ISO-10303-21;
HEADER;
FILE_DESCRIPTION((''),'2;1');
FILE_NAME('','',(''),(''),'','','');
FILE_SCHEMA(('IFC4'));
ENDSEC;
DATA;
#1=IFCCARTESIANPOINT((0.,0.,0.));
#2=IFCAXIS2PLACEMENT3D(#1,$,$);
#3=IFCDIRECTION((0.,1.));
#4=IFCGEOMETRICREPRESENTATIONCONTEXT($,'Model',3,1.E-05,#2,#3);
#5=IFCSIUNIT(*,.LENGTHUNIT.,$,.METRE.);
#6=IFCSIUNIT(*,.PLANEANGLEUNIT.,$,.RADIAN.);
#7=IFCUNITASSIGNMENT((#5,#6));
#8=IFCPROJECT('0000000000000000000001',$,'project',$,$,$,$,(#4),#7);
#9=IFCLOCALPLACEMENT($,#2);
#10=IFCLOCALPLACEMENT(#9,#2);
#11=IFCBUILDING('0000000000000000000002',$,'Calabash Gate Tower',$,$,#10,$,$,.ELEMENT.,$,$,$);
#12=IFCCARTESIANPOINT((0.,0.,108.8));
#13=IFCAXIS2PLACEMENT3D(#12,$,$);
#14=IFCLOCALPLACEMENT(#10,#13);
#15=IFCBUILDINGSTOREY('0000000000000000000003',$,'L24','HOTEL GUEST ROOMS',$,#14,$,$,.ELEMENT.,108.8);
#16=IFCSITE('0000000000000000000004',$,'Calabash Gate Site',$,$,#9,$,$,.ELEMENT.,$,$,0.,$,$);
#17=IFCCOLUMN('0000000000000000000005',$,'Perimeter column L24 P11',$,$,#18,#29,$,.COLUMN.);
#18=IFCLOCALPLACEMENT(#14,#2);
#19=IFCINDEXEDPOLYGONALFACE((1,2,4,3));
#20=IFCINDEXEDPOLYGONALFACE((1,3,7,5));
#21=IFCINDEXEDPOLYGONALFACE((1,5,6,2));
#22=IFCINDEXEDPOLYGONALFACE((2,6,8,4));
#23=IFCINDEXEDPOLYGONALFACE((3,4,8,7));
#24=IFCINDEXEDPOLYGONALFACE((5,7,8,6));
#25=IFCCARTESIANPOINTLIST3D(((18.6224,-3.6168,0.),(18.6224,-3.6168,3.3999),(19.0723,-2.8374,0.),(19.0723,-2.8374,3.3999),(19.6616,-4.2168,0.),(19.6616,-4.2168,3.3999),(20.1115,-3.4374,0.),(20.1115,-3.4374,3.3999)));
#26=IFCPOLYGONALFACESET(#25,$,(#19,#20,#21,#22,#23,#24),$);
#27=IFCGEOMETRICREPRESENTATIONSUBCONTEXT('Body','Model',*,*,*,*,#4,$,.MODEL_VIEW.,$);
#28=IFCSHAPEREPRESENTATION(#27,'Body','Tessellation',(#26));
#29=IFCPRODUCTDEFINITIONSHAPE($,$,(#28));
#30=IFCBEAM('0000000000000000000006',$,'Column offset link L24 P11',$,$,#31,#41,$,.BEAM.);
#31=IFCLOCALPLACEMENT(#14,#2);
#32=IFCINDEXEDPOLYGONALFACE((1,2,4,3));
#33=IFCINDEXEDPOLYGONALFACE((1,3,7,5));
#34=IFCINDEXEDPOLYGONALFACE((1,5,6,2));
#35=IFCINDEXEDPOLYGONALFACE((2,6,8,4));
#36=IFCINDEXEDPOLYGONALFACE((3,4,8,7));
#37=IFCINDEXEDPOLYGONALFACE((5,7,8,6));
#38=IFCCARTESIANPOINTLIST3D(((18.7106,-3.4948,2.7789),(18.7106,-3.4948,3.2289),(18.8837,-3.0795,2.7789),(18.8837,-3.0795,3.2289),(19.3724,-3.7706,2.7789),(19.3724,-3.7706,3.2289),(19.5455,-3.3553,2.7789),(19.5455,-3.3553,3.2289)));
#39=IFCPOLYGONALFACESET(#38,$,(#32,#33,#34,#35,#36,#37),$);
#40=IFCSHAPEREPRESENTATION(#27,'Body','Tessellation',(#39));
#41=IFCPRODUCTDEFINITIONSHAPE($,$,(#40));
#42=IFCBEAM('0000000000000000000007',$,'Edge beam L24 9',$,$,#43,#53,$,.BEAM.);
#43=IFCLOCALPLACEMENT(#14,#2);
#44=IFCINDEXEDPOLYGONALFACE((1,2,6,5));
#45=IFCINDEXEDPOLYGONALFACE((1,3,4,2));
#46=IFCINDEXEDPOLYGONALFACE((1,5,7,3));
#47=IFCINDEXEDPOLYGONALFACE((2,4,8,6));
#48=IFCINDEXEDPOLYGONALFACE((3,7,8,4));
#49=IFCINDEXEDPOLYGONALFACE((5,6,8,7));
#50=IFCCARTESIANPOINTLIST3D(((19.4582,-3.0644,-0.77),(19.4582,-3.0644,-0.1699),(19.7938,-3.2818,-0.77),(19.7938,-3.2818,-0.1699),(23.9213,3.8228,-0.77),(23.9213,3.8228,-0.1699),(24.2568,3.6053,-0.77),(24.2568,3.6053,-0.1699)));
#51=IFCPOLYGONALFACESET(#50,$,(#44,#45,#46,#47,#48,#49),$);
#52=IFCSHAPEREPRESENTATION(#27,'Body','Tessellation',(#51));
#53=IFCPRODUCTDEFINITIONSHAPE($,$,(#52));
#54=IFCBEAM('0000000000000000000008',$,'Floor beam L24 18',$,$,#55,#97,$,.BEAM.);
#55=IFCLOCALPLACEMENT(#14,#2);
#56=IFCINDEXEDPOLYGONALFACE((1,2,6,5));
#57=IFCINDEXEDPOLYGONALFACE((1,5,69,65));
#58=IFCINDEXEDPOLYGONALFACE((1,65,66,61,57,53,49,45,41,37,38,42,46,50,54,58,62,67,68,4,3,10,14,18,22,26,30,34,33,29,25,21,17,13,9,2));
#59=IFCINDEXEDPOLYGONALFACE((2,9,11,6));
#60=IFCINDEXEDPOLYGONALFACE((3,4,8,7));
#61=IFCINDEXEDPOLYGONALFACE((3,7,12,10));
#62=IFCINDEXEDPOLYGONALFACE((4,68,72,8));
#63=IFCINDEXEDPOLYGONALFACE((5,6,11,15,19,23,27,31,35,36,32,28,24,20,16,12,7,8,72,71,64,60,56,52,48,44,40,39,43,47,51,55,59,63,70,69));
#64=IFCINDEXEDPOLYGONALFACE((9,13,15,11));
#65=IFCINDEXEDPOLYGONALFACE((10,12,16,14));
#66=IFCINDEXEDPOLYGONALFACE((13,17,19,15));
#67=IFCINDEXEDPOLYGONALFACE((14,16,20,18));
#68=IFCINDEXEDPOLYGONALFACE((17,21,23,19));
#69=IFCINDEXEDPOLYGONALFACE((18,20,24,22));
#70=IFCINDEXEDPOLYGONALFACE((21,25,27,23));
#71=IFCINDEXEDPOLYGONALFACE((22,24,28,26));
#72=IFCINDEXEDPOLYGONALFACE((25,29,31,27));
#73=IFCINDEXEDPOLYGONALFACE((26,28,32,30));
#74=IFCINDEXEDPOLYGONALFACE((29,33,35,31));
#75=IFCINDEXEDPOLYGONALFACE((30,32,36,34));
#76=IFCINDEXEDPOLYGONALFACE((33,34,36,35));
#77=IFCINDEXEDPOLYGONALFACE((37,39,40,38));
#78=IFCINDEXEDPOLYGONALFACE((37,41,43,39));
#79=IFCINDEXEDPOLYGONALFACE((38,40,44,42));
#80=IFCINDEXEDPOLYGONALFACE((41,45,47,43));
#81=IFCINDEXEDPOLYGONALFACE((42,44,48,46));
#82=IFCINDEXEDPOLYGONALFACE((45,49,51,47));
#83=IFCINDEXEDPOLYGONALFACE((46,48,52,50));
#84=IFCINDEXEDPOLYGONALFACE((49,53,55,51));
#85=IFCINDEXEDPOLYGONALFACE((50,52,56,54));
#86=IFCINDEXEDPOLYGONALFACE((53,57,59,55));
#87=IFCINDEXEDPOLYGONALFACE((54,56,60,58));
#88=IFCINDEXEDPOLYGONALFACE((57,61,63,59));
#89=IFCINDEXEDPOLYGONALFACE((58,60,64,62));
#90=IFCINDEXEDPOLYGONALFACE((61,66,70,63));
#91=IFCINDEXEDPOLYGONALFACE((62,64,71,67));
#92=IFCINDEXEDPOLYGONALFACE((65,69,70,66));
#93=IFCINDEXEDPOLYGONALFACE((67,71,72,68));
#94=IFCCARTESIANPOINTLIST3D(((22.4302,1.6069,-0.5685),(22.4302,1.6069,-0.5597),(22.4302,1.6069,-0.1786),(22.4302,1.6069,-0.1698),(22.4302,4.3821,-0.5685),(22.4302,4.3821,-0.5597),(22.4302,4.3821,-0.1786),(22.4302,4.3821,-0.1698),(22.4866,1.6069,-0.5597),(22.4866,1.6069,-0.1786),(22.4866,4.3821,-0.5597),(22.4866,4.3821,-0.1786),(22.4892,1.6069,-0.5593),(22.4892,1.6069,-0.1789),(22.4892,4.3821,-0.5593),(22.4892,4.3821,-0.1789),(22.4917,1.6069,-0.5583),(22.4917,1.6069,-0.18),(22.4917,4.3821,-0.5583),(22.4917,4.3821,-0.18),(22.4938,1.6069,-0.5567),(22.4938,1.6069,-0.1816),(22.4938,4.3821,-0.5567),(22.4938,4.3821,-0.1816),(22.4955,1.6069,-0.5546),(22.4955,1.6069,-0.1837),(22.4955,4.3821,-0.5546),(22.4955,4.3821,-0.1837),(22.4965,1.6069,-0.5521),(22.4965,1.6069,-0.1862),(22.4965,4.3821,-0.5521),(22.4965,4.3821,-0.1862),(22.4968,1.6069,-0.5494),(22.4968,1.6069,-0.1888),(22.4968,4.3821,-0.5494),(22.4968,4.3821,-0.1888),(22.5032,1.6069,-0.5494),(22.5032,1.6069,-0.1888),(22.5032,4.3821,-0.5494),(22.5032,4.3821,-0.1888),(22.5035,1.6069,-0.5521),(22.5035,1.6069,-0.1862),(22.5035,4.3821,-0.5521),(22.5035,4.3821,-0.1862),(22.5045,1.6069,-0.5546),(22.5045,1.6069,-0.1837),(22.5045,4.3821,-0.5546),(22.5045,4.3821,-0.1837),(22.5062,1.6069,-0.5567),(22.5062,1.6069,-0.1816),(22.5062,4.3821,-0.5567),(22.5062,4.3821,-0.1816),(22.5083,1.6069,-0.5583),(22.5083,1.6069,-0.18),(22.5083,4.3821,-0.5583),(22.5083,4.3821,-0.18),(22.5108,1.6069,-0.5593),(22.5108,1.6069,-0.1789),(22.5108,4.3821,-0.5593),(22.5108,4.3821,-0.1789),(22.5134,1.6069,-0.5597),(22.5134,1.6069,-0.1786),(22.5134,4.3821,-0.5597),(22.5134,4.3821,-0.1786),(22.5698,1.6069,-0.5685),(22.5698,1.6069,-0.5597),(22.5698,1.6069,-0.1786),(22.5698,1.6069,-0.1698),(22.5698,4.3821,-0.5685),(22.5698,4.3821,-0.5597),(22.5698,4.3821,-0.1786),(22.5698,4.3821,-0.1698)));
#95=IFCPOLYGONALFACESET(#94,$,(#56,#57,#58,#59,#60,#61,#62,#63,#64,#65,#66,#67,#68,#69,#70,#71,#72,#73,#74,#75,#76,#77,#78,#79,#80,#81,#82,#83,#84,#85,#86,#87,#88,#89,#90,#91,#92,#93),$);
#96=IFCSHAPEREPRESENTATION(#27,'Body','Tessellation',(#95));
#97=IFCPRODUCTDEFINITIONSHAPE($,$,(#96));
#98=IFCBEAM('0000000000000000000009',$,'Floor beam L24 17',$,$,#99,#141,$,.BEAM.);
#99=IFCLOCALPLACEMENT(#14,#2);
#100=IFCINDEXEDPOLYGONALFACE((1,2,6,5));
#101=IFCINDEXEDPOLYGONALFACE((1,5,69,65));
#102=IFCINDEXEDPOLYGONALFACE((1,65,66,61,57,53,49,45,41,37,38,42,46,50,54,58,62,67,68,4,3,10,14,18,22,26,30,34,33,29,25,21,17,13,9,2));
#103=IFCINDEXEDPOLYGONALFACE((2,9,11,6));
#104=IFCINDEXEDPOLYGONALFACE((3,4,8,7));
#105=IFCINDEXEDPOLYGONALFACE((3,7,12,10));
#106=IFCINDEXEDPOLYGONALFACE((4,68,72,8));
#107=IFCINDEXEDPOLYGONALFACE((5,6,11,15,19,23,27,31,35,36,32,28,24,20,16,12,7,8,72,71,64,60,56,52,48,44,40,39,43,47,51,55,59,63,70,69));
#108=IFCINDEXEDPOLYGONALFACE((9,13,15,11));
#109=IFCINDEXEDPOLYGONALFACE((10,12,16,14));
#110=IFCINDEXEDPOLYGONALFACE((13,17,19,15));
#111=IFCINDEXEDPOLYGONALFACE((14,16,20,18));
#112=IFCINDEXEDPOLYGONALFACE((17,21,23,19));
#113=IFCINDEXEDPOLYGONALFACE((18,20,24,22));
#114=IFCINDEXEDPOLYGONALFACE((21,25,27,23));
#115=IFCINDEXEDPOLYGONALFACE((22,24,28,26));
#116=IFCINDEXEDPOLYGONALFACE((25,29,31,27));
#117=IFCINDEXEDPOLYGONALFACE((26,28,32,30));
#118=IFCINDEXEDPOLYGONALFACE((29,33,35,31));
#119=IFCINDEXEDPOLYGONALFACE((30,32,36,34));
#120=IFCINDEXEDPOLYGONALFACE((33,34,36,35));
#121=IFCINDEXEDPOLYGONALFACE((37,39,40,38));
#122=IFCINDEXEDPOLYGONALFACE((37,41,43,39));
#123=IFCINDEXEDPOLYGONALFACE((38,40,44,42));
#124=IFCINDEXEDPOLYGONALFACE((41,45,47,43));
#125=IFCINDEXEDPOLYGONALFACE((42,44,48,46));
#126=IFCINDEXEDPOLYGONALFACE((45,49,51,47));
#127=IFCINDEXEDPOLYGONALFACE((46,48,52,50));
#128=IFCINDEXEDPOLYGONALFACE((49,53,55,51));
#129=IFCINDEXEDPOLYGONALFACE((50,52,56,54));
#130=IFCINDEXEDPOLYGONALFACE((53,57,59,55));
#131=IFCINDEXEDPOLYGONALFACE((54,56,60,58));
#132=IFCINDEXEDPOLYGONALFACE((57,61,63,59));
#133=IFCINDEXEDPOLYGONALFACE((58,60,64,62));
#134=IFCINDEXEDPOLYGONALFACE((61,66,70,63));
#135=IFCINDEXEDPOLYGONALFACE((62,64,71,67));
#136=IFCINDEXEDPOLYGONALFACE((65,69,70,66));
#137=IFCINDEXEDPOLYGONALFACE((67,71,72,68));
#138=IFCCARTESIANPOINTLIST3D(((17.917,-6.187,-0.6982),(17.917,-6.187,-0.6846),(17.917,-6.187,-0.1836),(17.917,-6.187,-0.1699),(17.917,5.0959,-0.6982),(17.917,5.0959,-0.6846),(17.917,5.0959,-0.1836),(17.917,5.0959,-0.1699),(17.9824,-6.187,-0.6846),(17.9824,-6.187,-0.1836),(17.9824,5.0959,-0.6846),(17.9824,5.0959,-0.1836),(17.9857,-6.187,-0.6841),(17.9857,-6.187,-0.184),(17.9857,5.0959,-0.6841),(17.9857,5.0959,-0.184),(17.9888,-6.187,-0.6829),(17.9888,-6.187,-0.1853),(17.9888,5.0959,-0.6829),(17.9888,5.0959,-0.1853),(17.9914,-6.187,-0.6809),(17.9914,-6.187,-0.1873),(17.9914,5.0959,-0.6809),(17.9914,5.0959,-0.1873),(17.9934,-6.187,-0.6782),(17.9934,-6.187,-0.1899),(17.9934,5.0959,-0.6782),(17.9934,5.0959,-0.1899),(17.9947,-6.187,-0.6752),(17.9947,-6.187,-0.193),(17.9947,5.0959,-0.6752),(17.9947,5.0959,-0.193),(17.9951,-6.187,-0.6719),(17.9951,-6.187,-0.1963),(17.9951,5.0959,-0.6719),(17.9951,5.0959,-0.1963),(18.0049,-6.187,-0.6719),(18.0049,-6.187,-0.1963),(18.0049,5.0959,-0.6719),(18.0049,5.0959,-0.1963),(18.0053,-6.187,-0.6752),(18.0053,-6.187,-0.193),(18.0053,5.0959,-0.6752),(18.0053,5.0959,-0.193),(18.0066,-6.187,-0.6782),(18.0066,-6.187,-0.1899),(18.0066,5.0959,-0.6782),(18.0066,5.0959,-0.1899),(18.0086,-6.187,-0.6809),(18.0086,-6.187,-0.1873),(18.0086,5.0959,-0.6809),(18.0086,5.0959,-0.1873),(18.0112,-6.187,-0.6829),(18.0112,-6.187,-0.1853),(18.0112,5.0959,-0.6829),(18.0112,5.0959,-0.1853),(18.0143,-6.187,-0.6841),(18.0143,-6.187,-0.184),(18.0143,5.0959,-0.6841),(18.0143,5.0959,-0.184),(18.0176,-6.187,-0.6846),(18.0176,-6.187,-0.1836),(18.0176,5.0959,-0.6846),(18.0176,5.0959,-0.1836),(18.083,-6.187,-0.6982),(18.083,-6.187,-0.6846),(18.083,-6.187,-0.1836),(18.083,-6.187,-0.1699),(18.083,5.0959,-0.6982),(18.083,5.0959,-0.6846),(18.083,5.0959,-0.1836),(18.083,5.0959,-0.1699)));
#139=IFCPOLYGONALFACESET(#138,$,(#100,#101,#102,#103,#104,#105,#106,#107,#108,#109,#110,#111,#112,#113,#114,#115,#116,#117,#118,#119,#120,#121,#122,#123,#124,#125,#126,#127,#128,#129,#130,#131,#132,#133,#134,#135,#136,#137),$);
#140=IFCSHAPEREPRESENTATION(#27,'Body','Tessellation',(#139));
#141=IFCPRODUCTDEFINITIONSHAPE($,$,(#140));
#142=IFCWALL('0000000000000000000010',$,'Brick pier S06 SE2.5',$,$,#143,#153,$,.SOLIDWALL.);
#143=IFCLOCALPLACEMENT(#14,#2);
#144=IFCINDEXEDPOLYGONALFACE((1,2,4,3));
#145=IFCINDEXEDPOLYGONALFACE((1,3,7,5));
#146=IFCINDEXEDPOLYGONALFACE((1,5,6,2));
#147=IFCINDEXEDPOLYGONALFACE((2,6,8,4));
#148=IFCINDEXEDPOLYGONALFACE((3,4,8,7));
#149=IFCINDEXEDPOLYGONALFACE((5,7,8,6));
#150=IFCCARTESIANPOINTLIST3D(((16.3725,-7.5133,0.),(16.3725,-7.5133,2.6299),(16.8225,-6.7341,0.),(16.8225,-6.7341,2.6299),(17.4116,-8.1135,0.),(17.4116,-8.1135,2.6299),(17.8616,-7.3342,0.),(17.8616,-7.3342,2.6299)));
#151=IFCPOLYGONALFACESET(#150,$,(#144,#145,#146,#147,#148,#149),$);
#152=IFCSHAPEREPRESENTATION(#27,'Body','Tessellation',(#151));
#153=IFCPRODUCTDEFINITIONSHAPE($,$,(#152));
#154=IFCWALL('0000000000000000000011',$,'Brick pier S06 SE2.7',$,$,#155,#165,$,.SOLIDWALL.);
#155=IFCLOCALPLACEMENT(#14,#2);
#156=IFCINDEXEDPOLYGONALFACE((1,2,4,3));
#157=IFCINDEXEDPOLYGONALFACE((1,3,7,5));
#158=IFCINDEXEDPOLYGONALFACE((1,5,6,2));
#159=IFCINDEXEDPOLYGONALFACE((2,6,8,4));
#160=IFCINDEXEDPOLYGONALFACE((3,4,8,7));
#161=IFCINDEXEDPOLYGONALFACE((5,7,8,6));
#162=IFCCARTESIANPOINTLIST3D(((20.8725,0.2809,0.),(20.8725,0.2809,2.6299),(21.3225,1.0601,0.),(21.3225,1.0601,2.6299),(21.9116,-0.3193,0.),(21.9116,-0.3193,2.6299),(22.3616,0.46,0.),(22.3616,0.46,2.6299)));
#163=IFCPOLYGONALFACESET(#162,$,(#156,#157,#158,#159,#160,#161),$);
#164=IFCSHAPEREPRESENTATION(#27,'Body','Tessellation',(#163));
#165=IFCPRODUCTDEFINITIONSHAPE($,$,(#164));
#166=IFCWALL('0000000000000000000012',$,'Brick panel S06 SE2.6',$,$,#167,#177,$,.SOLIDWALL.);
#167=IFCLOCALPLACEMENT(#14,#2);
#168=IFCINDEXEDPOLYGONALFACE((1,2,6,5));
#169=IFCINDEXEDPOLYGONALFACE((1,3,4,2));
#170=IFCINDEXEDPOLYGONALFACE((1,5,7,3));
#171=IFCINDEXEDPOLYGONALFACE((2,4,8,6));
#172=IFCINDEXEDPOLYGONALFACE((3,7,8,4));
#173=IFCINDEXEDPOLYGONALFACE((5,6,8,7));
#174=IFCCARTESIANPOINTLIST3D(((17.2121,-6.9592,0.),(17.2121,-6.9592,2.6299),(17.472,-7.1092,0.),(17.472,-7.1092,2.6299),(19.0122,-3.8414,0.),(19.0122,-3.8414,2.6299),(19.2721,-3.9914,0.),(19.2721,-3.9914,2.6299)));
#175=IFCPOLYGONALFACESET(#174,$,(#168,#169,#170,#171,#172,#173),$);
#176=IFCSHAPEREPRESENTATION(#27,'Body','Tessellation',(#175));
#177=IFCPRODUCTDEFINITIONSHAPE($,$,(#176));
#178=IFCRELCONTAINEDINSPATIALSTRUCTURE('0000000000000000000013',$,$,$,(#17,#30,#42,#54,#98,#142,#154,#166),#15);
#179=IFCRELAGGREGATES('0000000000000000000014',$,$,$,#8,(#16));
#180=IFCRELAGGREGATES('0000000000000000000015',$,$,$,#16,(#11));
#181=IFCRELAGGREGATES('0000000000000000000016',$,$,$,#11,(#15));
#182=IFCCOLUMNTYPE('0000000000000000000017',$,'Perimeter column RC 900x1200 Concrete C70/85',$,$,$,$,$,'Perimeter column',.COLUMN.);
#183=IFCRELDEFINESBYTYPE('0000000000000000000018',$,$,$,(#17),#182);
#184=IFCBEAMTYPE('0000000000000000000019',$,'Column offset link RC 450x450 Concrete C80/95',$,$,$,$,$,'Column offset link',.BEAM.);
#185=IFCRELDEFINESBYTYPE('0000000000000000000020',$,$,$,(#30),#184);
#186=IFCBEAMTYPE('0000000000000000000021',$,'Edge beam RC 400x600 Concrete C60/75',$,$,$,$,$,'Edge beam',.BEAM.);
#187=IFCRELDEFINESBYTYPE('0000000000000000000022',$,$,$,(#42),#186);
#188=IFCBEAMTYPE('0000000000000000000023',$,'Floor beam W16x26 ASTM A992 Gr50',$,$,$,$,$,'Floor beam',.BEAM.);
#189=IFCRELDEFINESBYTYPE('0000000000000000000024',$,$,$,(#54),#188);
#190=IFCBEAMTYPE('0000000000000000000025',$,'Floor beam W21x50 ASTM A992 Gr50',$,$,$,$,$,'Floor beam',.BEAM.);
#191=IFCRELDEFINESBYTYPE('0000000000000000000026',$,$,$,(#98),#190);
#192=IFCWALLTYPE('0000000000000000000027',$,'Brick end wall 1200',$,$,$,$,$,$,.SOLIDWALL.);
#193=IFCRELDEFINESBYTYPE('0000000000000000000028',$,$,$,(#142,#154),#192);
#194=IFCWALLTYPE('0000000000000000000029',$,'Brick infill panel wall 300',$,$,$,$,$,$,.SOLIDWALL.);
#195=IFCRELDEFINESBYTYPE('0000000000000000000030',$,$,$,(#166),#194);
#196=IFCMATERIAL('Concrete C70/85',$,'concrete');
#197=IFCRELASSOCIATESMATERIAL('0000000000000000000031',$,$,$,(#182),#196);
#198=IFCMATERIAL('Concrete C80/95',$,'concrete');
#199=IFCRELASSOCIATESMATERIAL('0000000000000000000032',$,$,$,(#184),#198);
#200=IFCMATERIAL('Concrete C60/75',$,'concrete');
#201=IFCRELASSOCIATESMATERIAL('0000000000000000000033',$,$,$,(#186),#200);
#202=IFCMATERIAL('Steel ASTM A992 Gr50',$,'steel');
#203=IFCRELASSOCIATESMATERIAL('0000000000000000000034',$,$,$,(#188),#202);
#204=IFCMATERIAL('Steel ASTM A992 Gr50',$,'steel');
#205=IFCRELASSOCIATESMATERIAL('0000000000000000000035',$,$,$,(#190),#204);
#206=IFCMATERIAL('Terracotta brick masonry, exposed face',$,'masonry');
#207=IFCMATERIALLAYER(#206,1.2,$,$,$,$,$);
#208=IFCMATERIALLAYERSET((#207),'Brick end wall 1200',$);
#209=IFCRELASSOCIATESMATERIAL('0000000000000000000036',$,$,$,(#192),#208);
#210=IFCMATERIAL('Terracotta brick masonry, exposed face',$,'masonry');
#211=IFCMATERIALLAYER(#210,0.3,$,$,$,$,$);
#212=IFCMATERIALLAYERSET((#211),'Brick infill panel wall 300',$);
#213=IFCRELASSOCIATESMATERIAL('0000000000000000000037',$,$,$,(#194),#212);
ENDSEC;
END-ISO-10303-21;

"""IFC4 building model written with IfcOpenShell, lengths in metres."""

from ifc_helpers import new_model, si_unit, direction, frame, frame_2d, origin, origin_2d, place, context, subcontext, project, spatial, rectangle, i_section, extrude, material, layer, layer_set, material_profile, profile_set, type_object, element, save


model = new_model("IFC4")

# Units and contexts
model_context = context("Model", 3, precision=1e-05, world=origin(), true_north=direction((0.0, 1.0)))
body_context = subcontext(model_context, "Body", "Model", "MODEL_VIEW")
ifc_project = project(units=[si_unit("LENGTHUNIT", "METRE"), si_unit("PLANEANGLEUNIT", "RADIAN")], contexts=[model_context])

# Site, building, storey
site_placement = place(None, origin())
site = spatial("IfcSite", under=ifc_project, at=site_placement, Name="Calabash Gate Site", CompositionType="ELEMENT", RefElevation=0.0)
building_placement = place(site_placement, origin())
building = spatial("IfcBuilding", under=site, at=building_placement, Name="Calabash Gate Tower", CompositionType="ELEMENT")
storey_placement = place(building_placement, frame((0.0, 0.0, 108.8)))
storey = spatial("IfcBuildingStorey", under=building, at=storey_placement, Name="L24", Description="HOTEL GUEST ROOMS", CompositionType="ELEMENT", Elevation=108.8)

# Column
ifc_material_1 = material(Name="Concrete C70/85", Category="concrete")
ifc_material_profile_1 = material_profile(ifc_material_1, rectangle(XDim=0.8999, YDim=1.2, at=origin_2d()))
ifc_profile_set_1 = profile_set([ifc_material_profile_1], Name="Concrete C70/85")
column_type = type_object("IfcColumnType", Name="Perimeter column RC 900x1200 Concrete C70/85", ElementType="Perimeter column", PredefinedType="COLUMN", material=ifc_profile_set_1)
column_placement = place(storey_placement, frame((19.3669, -3.5271, 0.0), z_axis=(0.0, 0.0, 1.0), x_axis=(0.5, 0.866025, 0.0)))
element("IfcColumn", 1, at=column_placement, inside=storey, type_object=column_type, Name="Perimeter column L24 P11", PredefinedType="COLUMN", context=body_context, shape_type="SweptSolid", body=[
    extrude(rectangle(XDim=0.8999, YDim=1.2, at=origin_2d()), origin(), (0.0, 0.0, 1.0), 3.3999),
])

# Beams
ifc_material_2 = material(Name="Concrete C80/95", Category="concrete")
ifc_material_profile_2 = material_profile(ifc_material_2, rectangle(XDim=0.45, YDim=0.45, at=origin_2d()))
ifc_profile_set_2 = profile_set([ifc_material_profile_2], Name="Concrete C80/95")
beam_type_1 = type_object("IfcBeamType", Name="Column offset link RC 450x450 Concrete C80/95", ElementType="Column offset link", PredefinedType="BEAM", material=ifc_profile_set_2)
beam_1_placement = place(storey_placement, frame((19.459, -3.563, 3.0039), z_axis=(-0.923027, 0.384736, 0.0), x_axis=(-0.384736, -0.923027, 0.0)))
element("IfcBeam", 2, at=beam_1_placement, inside=storey, type_object=beam_type_1, Name="Column offset link L24 P11", PredefinedType="BEAM", context=body_context, shape_type="SweptSolid", body=[
    extrude(rectangle(XDim=0.45, YDim=0.45, at=origin_2d()), origin(), (0.0, 0.0, 1.0), 0.717),
])
ifc_material_3 = material(Name="Concrete C60/75", Category="concrete")
ifc_material_profile_3 = material_profile(ifc_material_3, rectangle(XDim=0.3999, YDim=0.6001, at=origin_2d()))
ifc_profile_set_3 = profile_set([ifc_material_profile_3], Name="Concrete C60/75")
beam_type_2 = type_object("IfcBeamType", Name="Edge beam RC 400x600 Concrete C60/75", ElementType="Edge beam", PredefinedType="BEAM", material=ifc_profile_set_3)
beam_2_placement = place(storey_placement, frame((19.626, -3.1731, -0.47), z_axis=(0.543827, 0.839197, 0.0), x_axis=(-0.839197, 0.543827, 0.0)))
element("IfcBeam", 3, at=beam_2_placement, inside=storey, type_object=beam_type_2, Name="Edge beam L24 9", PredefinedType="BEAM", context=body_context, shape_type="SweptSolid", body=[
    extrude(rectangle(XDim=0.3999, YDim=0.6001, at=origin_2d()), origin(), (0.0, 0.0, 1.0), 8.2068),
])
ifc_material_4 = material(Name="Steel ASTM A992 Gr50", Category="steel")
ifc_material_profile_4 = material_profile(ifc_material_4, i_section(OverallWidth=0.1396, OverallDepth=0.3987, WebThickness=0.0063, FlangeThickness=0.0088, FilletRadius=0.0103, at=origin_2d()))
ifc_profile_set_4 = profile_set([ifc_material_profile_4], Name="Steel ASTM A992 Gr50")
beam_type_3 = type_object("IfcBeamType", Name="Floor beam W16x26 ASTM A992 Gr50", ElementType="Floor beam", PredefinedType="BEAM", material=ifc_profile_set_4)
beam_3_placement = place(storey_placement, frame((22.5, 1.6069, -0.3691), z_axis=(0.0, 1.0, 0.0), x_axis=(-1.0, 0.0, 0.0)))
element("IfcBeam", 4, at=beam_3_placement, inside=storey, type_object=beam_type_3, Name="Floor beam L24 18", PredefinedType="BEAM", context=body_context, shape_type="SweptSolid", body=[
    extrude(i_section(OverallWidth=0.1396, OverallDepth=0.3987, WebThickness=0.0063, FlangeThickness=0.0088, FilletRadius=0.0103, at=origin_2d()), origin(), (0.0, 0.0, 1.0), 2.7751),
])
ifc_material_5 = material(Name="Steel ASTM A992 Gr50", Category="steel")
ifc_material_profile_5 = material_profile(ifc_material_5, i_section(OverallWidth=0.166, OverallDepth=0.5283, WebThickness=0.0098, FlangeThickness=0.0137, FilletRadius=0.0127, at=origin_2d()))
ifc_profile_set_5 = profile_set([ifc_material_profile_5], Name="Steel ASTM A992 Gr50")
beam_type_4 = type_object("IfcBeamType", Name="Floor beam W21x50 ASTM A992 Gr50", ElementType="Floor beam", PredefinedType="BEAM", material=ifc_profile_set_5)
beam_4_placement = place(storey_placement, frame((18.0, -6.187, -0.4341), z_axis=(0.0, 1.0, 0.0), x_axis=(-1.0, 0.0, 0.0)))
element("IfcBeam", 5, at=beam_4_placement, inside=storey, type_object=beam_type_4, Name="Floor beam L24 17", PredefinedType="BEAM", context=body_context, shape_type="SweptSolid", body=[
    extrude(i_section(OverallWidth=0.166, OverallDepth=0.5283, WebThickness=0.0098, FlangeThickness=0.0137, FilletRadius=0.0127, at=origin_2d()), origin(), (0.0, 0.0, 1.0), 11.283),
])

# Walls
ifc_material_6 = material(Name="Terracotta brick masonry, exposed face", Category="masonry")
ifc_layer_1 = layer(ifc_material_6, 1.2)
ifc_layer_set_1 = layer_set([ifc_layer_1], Name="Brick end wall 1200")
wall_type_1 = type_object("IfcWallType", Name="Brick end wall 1200", PredefinedType="SOLIDWALL", material=ifc_layer_set_1)
for number, where, z_axis, x_axis, name in (
    (6, (17.6367, -7.7239, 0.0), (0.0, 0.0, 1.0), (-0.865955, 0.500122, 0.0), "Brick pier S06 SE2.5"),
    (7, (22.1367, 0.0703, 0.0), (0.0, 0.0, 1.0), (-0.865955, 0.500122, 0.0), "Brick pier S06 SE2.7"),
):
    element("IfcWall", number, at=place(storey_placement, frame(where, z_axis=z_axis, x_axis=x_axis)), inside=storey, type_object=wall_type_1, Name=name, PredefinedType="SOLIDWALL", context=body_context, shape_type="SweptSolid", body=[
        extrude(rectangle(XDim=1.2, YDim=0.8999, at=frame_2d((0.6001, 0.0))), origin(), (0.0, 0.0, 1.0), 2.6299),
    ])
ifc_material_7 = material(Name="Terracotta brick masonry, exposed face", Category="masonry")
ifc_layer_2 = layer(ifc_material_7, 0.3)
ifc_layer_set_2 = layer_set([ifc_layer_2], Name="Brick infill panel wall 300")
wall_type_2 = type_object("IfcWallType", Name="Brick infill panel wall 300", PredefinedType="SOLIDWALL", material=ifc_layer_set_2)
wall_1_placement = place(storey_placement, frame((17.342, -7.0342, 0.0), z_axis=(0.0, 0.0, 1.0), x_axis=(0.500012, 0.866018, 0.0)))
element("IfcWall", 8, at=wall_1_placement, inside=storey, type_object=wall_type_2, Name="Brick panel S06 SE2.6", PredefinedType="SOLIDWALL", context=body_context, shape_type="SweptSolid", body=[
    extrude(rectangle(XDim=3.6001, YDim=0.3, at=frame_2d((1.8, 0.0))), origin(), (0.0, 0.0, 1.0), 2.6299),
])

save(model, "model.ifc")
